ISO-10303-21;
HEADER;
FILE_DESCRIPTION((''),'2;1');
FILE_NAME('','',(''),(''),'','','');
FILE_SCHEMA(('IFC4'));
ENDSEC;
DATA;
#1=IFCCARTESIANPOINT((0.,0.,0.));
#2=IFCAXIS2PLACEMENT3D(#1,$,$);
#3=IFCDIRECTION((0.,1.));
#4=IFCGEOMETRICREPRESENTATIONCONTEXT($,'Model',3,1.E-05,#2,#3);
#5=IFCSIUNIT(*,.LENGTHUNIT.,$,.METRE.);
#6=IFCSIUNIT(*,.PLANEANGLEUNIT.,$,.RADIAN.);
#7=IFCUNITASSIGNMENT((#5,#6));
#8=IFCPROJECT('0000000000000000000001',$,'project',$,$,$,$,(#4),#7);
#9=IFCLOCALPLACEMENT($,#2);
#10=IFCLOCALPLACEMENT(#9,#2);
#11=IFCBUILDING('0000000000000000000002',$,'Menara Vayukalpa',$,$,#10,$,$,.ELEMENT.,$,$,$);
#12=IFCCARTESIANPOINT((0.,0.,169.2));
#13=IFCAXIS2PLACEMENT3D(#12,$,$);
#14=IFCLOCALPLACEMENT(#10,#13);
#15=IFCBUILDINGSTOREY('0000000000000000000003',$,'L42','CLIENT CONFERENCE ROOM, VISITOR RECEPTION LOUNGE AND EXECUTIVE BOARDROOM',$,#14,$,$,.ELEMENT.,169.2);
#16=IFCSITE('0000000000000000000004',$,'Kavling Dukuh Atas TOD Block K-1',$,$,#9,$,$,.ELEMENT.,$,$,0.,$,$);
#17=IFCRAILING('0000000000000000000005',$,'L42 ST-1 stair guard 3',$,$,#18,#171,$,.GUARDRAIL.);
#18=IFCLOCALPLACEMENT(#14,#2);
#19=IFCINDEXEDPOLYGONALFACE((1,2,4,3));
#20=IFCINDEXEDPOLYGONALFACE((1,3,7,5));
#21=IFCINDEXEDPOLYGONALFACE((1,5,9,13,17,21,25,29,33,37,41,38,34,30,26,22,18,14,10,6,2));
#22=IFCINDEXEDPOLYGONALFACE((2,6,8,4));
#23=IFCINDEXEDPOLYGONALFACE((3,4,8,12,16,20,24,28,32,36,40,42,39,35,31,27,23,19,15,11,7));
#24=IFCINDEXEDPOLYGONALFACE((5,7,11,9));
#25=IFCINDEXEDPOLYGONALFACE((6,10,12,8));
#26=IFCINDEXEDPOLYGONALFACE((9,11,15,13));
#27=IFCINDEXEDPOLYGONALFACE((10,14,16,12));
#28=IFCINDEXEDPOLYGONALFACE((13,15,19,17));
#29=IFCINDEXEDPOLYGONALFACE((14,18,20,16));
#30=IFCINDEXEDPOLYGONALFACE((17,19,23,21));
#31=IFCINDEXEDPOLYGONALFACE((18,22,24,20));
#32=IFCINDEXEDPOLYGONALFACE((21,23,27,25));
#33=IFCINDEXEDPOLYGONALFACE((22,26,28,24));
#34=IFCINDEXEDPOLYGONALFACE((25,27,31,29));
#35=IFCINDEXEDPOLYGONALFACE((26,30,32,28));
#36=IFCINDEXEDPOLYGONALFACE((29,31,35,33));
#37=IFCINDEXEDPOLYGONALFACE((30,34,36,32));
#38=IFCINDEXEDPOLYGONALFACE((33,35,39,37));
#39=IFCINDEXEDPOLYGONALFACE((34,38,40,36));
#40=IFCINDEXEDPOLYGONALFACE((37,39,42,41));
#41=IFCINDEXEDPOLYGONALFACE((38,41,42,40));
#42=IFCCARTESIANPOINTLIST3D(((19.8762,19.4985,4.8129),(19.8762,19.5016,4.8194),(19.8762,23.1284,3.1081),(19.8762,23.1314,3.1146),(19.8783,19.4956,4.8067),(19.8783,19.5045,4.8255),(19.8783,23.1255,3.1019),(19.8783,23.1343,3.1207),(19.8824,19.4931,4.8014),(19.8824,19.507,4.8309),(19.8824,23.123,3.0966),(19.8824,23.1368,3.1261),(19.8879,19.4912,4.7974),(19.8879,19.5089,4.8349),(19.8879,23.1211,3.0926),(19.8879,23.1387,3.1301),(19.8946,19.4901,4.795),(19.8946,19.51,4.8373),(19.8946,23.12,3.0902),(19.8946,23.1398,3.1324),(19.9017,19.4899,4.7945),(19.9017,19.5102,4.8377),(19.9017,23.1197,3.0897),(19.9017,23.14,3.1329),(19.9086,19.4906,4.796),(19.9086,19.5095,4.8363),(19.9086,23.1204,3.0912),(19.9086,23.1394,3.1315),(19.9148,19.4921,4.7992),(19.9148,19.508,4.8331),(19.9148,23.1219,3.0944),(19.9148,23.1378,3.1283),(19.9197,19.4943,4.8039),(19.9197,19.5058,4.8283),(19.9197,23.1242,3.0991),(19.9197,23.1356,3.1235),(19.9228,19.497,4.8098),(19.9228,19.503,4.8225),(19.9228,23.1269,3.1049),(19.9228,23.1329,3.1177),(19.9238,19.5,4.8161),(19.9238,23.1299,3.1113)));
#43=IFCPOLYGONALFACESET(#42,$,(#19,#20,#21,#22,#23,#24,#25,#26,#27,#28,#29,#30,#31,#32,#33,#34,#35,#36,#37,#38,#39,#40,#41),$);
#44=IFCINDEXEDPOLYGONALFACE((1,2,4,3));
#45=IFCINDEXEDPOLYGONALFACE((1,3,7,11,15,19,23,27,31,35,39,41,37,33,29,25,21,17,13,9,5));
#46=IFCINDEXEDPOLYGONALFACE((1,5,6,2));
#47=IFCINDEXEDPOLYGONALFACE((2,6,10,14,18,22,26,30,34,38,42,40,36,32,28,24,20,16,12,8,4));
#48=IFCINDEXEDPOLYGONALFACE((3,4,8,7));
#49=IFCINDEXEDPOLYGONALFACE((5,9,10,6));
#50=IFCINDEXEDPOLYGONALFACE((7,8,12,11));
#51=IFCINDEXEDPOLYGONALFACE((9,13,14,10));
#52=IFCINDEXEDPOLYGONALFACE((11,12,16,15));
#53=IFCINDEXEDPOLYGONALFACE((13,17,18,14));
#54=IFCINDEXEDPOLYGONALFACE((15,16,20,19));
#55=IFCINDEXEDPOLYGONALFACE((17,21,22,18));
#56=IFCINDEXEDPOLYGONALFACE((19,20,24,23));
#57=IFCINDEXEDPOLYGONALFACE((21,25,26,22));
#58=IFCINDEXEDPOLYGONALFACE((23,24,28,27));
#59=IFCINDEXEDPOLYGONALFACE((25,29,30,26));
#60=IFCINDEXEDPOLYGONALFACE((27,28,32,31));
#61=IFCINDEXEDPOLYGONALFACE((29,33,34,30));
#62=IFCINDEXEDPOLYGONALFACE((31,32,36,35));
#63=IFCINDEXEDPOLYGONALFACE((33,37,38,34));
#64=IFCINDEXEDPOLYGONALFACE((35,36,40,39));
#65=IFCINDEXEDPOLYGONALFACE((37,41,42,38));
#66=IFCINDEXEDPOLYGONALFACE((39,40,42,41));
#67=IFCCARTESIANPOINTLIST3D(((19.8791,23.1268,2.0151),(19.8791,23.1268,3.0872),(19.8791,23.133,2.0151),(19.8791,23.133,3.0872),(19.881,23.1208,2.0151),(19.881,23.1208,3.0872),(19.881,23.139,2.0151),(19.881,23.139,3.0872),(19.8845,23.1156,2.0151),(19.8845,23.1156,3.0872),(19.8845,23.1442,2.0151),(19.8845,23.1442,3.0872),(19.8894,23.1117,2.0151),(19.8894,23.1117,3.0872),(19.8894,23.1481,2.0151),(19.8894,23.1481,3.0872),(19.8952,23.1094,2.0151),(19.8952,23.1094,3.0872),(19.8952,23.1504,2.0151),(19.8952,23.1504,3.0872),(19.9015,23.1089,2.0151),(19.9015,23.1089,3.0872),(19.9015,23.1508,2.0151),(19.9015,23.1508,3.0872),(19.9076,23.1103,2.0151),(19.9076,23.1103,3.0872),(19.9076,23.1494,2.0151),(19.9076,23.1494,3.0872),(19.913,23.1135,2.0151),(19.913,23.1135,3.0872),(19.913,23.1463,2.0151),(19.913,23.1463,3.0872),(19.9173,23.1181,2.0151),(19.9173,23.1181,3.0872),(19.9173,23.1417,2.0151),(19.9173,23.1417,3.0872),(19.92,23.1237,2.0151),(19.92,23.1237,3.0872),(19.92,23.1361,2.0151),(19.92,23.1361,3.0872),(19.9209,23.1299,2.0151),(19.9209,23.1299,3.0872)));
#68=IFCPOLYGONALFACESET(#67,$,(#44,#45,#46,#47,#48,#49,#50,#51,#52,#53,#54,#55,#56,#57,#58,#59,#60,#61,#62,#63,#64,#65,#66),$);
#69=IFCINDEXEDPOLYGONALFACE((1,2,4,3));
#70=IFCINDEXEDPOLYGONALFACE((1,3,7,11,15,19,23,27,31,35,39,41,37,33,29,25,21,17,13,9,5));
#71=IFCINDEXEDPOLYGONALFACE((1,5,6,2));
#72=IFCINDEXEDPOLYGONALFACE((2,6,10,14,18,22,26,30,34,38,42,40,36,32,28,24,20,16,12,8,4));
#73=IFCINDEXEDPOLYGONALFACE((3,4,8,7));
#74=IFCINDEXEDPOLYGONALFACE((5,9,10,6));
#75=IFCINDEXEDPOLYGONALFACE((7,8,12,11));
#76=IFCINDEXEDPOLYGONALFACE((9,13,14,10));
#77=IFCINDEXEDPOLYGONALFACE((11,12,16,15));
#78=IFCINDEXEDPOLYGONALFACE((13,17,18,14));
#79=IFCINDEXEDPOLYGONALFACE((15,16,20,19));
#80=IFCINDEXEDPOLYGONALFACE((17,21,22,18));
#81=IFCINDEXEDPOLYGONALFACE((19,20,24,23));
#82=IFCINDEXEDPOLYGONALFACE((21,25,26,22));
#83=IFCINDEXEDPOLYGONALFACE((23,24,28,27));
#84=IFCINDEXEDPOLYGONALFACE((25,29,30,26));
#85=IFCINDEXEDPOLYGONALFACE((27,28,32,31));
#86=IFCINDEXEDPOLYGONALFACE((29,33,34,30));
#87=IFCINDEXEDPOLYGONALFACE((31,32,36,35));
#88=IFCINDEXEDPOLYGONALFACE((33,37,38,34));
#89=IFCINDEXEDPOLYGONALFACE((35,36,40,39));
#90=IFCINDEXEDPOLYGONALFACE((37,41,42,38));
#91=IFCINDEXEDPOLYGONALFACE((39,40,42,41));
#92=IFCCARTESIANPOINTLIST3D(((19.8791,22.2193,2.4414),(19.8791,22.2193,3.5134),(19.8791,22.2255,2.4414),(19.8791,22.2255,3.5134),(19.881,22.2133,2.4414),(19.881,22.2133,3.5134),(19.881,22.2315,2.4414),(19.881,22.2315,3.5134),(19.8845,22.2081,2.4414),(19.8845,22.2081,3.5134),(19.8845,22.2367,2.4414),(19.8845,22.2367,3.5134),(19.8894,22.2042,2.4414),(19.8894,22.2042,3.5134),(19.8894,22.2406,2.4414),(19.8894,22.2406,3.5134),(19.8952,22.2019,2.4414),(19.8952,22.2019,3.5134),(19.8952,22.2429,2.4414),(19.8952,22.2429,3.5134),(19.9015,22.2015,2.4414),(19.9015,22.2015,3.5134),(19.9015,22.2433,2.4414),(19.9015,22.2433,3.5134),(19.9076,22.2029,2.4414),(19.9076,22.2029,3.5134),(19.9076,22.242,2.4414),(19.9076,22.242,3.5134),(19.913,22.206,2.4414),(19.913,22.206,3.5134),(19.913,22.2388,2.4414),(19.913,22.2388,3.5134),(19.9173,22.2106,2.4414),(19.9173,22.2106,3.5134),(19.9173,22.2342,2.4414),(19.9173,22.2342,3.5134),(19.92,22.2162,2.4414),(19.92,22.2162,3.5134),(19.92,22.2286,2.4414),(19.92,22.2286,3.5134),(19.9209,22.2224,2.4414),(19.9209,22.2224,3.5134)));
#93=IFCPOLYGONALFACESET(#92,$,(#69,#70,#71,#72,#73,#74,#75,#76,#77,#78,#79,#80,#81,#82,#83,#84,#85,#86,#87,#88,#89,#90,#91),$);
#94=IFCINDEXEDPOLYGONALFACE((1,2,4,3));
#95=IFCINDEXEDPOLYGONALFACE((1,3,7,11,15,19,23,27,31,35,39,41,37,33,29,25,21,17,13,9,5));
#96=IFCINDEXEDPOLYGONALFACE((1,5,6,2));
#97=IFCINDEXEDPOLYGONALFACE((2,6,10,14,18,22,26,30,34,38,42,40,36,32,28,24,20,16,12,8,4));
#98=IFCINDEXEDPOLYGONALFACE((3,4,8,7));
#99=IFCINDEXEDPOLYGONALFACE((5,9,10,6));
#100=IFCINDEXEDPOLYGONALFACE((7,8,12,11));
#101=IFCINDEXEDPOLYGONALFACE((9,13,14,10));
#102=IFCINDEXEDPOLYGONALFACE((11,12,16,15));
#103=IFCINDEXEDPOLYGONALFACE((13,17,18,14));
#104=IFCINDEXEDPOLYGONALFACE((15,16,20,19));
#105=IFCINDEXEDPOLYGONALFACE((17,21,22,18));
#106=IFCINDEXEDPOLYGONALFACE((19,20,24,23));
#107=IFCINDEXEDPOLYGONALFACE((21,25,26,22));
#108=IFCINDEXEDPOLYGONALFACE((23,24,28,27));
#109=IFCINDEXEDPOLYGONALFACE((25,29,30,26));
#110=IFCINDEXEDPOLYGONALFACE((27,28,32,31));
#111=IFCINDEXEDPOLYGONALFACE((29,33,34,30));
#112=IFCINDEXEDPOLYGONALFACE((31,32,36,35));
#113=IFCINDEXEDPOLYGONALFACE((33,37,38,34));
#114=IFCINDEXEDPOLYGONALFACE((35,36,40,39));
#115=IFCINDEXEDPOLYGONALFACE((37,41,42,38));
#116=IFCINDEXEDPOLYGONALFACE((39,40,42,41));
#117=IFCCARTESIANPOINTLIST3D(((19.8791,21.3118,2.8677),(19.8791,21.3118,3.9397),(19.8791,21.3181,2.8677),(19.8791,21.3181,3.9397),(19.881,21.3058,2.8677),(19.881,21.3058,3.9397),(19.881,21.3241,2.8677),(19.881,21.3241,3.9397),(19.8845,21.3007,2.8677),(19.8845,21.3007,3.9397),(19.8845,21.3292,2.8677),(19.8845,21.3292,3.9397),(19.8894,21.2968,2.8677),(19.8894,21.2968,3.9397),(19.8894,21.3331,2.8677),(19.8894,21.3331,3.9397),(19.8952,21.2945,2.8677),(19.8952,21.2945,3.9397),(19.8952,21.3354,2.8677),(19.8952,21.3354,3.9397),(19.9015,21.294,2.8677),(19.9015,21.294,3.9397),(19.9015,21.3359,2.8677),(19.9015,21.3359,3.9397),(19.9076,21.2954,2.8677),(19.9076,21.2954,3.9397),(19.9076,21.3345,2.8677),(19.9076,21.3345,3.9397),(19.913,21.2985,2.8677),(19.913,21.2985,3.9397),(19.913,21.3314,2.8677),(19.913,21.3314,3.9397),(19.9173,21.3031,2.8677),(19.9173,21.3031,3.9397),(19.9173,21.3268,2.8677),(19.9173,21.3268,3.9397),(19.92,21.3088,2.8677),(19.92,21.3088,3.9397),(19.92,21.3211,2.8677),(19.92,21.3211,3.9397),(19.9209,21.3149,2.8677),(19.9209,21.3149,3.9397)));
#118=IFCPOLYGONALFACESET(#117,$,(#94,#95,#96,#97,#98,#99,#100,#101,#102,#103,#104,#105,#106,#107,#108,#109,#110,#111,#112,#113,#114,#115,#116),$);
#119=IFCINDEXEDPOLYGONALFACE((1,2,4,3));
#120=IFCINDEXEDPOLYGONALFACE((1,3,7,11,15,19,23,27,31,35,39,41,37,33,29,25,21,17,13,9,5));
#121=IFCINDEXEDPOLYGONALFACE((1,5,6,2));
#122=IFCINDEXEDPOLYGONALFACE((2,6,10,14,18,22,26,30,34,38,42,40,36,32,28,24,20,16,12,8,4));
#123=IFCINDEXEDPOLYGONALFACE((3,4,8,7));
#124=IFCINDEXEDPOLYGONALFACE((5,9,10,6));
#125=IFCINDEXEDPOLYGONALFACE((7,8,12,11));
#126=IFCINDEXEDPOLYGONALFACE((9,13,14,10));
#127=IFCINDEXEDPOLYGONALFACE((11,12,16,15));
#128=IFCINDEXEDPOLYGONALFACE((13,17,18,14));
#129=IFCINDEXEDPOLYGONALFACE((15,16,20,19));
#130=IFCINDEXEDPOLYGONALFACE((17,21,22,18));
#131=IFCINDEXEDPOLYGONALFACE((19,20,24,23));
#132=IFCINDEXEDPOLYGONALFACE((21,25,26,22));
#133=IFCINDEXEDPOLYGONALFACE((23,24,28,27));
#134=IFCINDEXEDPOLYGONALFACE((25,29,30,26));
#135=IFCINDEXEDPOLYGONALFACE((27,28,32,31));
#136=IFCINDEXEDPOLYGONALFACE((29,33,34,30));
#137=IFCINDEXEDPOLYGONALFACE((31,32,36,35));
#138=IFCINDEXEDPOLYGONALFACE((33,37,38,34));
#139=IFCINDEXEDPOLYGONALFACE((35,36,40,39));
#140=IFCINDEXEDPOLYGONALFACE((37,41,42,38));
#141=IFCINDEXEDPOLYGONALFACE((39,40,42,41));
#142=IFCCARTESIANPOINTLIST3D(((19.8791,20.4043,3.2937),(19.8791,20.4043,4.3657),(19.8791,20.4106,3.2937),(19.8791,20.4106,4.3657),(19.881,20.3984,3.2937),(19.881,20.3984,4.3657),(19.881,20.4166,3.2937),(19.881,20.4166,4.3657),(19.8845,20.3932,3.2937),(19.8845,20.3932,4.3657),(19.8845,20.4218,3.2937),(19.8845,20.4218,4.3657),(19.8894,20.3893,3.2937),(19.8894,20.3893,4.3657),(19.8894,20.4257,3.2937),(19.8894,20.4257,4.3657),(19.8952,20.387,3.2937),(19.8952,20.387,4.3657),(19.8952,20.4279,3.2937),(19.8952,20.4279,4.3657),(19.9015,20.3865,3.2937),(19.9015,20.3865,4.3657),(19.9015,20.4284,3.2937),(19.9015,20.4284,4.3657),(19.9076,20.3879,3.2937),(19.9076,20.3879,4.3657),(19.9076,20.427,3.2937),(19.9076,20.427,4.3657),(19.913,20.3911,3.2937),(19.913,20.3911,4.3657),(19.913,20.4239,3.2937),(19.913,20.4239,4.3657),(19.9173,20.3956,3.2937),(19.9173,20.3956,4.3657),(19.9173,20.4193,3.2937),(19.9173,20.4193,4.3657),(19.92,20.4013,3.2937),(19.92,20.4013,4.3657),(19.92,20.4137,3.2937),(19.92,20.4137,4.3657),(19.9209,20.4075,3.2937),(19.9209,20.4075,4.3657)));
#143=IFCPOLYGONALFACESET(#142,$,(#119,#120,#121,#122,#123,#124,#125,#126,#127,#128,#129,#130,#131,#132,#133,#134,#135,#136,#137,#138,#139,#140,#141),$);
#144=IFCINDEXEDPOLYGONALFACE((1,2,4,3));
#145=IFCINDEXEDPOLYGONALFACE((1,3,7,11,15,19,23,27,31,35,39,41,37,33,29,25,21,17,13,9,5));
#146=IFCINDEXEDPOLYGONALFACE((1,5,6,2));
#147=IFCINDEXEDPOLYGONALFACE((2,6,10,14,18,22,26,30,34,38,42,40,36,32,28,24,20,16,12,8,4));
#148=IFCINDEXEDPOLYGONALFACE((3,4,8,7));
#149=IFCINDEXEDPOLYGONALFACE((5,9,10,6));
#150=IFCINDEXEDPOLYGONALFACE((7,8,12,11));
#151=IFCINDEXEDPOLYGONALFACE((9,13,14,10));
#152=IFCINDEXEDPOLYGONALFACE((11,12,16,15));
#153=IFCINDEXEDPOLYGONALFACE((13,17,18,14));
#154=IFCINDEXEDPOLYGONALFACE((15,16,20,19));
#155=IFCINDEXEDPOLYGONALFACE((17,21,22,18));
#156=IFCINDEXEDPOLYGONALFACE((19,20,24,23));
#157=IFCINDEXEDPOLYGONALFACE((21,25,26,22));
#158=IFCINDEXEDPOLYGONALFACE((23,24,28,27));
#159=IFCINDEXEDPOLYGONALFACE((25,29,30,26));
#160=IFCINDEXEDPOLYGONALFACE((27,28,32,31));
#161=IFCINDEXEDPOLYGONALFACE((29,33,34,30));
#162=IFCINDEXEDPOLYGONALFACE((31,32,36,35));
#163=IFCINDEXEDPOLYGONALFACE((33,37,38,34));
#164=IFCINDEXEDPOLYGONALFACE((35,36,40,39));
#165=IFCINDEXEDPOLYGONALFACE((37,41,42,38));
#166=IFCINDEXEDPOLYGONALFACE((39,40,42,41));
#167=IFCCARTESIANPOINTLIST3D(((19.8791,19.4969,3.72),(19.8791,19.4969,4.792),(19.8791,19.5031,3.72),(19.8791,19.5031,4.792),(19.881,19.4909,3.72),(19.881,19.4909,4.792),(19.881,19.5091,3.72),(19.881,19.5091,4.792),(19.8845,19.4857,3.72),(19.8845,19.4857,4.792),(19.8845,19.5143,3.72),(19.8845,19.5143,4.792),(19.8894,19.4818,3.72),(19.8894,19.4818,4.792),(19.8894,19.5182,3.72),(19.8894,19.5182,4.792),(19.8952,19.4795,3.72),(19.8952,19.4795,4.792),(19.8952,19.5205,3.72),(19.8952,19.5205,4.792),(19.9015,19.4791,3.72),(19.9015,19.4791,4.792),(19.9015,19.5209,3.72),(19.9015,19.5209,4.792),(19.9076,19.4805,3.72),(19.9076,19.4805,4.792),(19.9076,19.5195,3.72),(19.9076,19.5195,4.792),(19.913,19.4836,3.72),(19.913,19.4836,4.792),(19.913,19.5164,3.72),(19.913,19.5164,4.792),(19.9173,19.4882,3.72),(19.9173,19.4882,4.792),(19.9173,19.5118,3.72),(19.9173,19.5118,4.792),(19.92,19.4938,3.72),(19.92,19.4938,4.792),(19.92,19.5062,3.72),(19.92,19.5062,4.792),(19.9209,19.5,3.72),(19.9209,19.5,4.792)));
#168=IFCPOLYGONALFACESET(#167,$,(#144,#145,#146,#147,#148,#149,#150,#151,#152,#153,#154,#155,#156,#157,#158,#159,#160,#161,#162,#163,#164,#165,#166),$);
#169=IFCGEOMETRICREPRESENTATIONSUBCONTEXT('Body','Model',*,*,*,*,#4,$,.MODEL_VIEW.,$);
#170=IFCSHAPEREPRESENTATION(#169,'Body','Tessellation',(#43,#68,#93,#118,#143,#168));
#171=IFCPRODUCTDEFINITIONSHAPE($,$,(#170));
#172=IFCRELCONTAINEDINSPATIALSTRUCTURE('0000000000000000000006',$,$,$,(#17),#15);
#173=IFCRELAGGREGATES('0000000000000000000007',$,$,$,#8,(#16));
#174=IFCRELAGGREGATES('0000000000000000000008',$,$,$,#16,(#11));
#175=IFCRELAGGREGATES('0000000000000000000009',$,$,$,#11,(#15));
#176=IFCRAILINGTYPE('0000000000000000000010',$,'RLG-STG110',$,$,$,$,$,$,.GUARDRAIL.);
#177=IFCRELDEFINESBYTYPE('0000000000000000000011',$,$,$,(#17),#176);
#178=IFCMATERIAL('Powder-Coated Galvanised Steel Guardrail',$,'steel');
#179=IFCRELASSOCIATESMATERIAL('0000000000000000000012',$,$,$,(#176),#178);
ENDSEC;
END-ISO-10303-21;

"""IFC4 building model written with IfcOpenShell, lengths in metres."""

from ifc_helpers import new_model, si_unit, direction, frame, origin, origin_2d, place, context, subcontext, project, spatial, circle, extrude, material, type_object, element, save


model = new_model("IFC4")

# Units and contexts
model_context = context("Model", 3, precision=1e-05, world=origin(), true_north=direction((0.0, 1.0)))
body_context = subcontext(model_context, "Body", "Model", "MODEL_VIEW")
ifc_project = project(units=[si_unit("LENGTHUNIT", "METRE"), si_unit("PLANEANGLEUNIT", "RADIAN")], contexts=[model_context])

# Site, building, storey
site_placement = place(None, origin())
site = spatial("IfcSite", under=ifc_project, at=site_placement, Name="Kavling Dukuh Atas TOD Block K-1", CompositionType="ELEMENT", RefElevation=0.0)
building_placement = place(site_placement, origin())
building = spatial("IfcBuilding", under=site, at=building_placement, Name="Menara Vayukalpa", CompositionType="ELEMENT")
storey_placement = place(building_placement, frame((0.0, 0.0, 169.2)))
storey = spatial("IfcBuildingStorey", under=building, at=storey_placement, Name="L42", Description="CLIENT CONFERENCE ROOM, VISITOR RECEPTION LOUNGE AND EXECUTIVE BOARDROOM", CompositionType="ELEMENT", Elevation=169.2)

# Railing
ifc_material_1 = material(Name="Powder-Coated Galvanised Steel Guardrail", Category="steel")
railing_type_1 = type_object("IfcRailingType", Name="RLG-STG110", PredefinedType="GUARDRAIL", material=ifc_material_1)
railing_1_placement = place(storey_placement, frame((19.8999, 23.1299, 2.0151)))
element("IfcRailing", 1, at=railing_1_placement, inside=storey, type_object=railing_type_1, Name="L42 ST-1 stair guard 3", PredefinedType="GUARDRAIL", context=body_context, shape_type="SweptSolid", body=[
    extrude(circle(Radius=0.0239, at=origin_2d()), frame((0.0, 0.0, 1.0962), z_axis=(0.0, -0.90514, 0.425114), x_axis=(1.0, 0.0, 0.0)), (0.0, 0.0, 1.0), 4.0103),
    extrude(circle(Radius=0.021, at=origin_2d()), origin(), (0.0, 0.0, 1.0), 1.072),
    extrude(circle(Radius=0.021, at=origin_2d()), frame((0.0, -0.9075, 0.4263)), (0.0, 0.0, 1.0), 1.072),
    extrude(circle(Radius=0.021, at=origin_2d()), frame((0.0, -1.8149, 0.8525)), (0.0, 0.0, 1.0), 1.072),
    extrude(circle(Radius=0.021, at=origin_2d()), frame((0.0, -2.7224, 1.2786)), (0.0, 0.0, 1.0), 1.072),
    extrude(circle(Radius=0.021, at=origin_2d()), frame((0.0, -3.6299, 1.7048)), (0.0, 0.0, 1.0), 1.072),
])

save(model, "model.ifc")
